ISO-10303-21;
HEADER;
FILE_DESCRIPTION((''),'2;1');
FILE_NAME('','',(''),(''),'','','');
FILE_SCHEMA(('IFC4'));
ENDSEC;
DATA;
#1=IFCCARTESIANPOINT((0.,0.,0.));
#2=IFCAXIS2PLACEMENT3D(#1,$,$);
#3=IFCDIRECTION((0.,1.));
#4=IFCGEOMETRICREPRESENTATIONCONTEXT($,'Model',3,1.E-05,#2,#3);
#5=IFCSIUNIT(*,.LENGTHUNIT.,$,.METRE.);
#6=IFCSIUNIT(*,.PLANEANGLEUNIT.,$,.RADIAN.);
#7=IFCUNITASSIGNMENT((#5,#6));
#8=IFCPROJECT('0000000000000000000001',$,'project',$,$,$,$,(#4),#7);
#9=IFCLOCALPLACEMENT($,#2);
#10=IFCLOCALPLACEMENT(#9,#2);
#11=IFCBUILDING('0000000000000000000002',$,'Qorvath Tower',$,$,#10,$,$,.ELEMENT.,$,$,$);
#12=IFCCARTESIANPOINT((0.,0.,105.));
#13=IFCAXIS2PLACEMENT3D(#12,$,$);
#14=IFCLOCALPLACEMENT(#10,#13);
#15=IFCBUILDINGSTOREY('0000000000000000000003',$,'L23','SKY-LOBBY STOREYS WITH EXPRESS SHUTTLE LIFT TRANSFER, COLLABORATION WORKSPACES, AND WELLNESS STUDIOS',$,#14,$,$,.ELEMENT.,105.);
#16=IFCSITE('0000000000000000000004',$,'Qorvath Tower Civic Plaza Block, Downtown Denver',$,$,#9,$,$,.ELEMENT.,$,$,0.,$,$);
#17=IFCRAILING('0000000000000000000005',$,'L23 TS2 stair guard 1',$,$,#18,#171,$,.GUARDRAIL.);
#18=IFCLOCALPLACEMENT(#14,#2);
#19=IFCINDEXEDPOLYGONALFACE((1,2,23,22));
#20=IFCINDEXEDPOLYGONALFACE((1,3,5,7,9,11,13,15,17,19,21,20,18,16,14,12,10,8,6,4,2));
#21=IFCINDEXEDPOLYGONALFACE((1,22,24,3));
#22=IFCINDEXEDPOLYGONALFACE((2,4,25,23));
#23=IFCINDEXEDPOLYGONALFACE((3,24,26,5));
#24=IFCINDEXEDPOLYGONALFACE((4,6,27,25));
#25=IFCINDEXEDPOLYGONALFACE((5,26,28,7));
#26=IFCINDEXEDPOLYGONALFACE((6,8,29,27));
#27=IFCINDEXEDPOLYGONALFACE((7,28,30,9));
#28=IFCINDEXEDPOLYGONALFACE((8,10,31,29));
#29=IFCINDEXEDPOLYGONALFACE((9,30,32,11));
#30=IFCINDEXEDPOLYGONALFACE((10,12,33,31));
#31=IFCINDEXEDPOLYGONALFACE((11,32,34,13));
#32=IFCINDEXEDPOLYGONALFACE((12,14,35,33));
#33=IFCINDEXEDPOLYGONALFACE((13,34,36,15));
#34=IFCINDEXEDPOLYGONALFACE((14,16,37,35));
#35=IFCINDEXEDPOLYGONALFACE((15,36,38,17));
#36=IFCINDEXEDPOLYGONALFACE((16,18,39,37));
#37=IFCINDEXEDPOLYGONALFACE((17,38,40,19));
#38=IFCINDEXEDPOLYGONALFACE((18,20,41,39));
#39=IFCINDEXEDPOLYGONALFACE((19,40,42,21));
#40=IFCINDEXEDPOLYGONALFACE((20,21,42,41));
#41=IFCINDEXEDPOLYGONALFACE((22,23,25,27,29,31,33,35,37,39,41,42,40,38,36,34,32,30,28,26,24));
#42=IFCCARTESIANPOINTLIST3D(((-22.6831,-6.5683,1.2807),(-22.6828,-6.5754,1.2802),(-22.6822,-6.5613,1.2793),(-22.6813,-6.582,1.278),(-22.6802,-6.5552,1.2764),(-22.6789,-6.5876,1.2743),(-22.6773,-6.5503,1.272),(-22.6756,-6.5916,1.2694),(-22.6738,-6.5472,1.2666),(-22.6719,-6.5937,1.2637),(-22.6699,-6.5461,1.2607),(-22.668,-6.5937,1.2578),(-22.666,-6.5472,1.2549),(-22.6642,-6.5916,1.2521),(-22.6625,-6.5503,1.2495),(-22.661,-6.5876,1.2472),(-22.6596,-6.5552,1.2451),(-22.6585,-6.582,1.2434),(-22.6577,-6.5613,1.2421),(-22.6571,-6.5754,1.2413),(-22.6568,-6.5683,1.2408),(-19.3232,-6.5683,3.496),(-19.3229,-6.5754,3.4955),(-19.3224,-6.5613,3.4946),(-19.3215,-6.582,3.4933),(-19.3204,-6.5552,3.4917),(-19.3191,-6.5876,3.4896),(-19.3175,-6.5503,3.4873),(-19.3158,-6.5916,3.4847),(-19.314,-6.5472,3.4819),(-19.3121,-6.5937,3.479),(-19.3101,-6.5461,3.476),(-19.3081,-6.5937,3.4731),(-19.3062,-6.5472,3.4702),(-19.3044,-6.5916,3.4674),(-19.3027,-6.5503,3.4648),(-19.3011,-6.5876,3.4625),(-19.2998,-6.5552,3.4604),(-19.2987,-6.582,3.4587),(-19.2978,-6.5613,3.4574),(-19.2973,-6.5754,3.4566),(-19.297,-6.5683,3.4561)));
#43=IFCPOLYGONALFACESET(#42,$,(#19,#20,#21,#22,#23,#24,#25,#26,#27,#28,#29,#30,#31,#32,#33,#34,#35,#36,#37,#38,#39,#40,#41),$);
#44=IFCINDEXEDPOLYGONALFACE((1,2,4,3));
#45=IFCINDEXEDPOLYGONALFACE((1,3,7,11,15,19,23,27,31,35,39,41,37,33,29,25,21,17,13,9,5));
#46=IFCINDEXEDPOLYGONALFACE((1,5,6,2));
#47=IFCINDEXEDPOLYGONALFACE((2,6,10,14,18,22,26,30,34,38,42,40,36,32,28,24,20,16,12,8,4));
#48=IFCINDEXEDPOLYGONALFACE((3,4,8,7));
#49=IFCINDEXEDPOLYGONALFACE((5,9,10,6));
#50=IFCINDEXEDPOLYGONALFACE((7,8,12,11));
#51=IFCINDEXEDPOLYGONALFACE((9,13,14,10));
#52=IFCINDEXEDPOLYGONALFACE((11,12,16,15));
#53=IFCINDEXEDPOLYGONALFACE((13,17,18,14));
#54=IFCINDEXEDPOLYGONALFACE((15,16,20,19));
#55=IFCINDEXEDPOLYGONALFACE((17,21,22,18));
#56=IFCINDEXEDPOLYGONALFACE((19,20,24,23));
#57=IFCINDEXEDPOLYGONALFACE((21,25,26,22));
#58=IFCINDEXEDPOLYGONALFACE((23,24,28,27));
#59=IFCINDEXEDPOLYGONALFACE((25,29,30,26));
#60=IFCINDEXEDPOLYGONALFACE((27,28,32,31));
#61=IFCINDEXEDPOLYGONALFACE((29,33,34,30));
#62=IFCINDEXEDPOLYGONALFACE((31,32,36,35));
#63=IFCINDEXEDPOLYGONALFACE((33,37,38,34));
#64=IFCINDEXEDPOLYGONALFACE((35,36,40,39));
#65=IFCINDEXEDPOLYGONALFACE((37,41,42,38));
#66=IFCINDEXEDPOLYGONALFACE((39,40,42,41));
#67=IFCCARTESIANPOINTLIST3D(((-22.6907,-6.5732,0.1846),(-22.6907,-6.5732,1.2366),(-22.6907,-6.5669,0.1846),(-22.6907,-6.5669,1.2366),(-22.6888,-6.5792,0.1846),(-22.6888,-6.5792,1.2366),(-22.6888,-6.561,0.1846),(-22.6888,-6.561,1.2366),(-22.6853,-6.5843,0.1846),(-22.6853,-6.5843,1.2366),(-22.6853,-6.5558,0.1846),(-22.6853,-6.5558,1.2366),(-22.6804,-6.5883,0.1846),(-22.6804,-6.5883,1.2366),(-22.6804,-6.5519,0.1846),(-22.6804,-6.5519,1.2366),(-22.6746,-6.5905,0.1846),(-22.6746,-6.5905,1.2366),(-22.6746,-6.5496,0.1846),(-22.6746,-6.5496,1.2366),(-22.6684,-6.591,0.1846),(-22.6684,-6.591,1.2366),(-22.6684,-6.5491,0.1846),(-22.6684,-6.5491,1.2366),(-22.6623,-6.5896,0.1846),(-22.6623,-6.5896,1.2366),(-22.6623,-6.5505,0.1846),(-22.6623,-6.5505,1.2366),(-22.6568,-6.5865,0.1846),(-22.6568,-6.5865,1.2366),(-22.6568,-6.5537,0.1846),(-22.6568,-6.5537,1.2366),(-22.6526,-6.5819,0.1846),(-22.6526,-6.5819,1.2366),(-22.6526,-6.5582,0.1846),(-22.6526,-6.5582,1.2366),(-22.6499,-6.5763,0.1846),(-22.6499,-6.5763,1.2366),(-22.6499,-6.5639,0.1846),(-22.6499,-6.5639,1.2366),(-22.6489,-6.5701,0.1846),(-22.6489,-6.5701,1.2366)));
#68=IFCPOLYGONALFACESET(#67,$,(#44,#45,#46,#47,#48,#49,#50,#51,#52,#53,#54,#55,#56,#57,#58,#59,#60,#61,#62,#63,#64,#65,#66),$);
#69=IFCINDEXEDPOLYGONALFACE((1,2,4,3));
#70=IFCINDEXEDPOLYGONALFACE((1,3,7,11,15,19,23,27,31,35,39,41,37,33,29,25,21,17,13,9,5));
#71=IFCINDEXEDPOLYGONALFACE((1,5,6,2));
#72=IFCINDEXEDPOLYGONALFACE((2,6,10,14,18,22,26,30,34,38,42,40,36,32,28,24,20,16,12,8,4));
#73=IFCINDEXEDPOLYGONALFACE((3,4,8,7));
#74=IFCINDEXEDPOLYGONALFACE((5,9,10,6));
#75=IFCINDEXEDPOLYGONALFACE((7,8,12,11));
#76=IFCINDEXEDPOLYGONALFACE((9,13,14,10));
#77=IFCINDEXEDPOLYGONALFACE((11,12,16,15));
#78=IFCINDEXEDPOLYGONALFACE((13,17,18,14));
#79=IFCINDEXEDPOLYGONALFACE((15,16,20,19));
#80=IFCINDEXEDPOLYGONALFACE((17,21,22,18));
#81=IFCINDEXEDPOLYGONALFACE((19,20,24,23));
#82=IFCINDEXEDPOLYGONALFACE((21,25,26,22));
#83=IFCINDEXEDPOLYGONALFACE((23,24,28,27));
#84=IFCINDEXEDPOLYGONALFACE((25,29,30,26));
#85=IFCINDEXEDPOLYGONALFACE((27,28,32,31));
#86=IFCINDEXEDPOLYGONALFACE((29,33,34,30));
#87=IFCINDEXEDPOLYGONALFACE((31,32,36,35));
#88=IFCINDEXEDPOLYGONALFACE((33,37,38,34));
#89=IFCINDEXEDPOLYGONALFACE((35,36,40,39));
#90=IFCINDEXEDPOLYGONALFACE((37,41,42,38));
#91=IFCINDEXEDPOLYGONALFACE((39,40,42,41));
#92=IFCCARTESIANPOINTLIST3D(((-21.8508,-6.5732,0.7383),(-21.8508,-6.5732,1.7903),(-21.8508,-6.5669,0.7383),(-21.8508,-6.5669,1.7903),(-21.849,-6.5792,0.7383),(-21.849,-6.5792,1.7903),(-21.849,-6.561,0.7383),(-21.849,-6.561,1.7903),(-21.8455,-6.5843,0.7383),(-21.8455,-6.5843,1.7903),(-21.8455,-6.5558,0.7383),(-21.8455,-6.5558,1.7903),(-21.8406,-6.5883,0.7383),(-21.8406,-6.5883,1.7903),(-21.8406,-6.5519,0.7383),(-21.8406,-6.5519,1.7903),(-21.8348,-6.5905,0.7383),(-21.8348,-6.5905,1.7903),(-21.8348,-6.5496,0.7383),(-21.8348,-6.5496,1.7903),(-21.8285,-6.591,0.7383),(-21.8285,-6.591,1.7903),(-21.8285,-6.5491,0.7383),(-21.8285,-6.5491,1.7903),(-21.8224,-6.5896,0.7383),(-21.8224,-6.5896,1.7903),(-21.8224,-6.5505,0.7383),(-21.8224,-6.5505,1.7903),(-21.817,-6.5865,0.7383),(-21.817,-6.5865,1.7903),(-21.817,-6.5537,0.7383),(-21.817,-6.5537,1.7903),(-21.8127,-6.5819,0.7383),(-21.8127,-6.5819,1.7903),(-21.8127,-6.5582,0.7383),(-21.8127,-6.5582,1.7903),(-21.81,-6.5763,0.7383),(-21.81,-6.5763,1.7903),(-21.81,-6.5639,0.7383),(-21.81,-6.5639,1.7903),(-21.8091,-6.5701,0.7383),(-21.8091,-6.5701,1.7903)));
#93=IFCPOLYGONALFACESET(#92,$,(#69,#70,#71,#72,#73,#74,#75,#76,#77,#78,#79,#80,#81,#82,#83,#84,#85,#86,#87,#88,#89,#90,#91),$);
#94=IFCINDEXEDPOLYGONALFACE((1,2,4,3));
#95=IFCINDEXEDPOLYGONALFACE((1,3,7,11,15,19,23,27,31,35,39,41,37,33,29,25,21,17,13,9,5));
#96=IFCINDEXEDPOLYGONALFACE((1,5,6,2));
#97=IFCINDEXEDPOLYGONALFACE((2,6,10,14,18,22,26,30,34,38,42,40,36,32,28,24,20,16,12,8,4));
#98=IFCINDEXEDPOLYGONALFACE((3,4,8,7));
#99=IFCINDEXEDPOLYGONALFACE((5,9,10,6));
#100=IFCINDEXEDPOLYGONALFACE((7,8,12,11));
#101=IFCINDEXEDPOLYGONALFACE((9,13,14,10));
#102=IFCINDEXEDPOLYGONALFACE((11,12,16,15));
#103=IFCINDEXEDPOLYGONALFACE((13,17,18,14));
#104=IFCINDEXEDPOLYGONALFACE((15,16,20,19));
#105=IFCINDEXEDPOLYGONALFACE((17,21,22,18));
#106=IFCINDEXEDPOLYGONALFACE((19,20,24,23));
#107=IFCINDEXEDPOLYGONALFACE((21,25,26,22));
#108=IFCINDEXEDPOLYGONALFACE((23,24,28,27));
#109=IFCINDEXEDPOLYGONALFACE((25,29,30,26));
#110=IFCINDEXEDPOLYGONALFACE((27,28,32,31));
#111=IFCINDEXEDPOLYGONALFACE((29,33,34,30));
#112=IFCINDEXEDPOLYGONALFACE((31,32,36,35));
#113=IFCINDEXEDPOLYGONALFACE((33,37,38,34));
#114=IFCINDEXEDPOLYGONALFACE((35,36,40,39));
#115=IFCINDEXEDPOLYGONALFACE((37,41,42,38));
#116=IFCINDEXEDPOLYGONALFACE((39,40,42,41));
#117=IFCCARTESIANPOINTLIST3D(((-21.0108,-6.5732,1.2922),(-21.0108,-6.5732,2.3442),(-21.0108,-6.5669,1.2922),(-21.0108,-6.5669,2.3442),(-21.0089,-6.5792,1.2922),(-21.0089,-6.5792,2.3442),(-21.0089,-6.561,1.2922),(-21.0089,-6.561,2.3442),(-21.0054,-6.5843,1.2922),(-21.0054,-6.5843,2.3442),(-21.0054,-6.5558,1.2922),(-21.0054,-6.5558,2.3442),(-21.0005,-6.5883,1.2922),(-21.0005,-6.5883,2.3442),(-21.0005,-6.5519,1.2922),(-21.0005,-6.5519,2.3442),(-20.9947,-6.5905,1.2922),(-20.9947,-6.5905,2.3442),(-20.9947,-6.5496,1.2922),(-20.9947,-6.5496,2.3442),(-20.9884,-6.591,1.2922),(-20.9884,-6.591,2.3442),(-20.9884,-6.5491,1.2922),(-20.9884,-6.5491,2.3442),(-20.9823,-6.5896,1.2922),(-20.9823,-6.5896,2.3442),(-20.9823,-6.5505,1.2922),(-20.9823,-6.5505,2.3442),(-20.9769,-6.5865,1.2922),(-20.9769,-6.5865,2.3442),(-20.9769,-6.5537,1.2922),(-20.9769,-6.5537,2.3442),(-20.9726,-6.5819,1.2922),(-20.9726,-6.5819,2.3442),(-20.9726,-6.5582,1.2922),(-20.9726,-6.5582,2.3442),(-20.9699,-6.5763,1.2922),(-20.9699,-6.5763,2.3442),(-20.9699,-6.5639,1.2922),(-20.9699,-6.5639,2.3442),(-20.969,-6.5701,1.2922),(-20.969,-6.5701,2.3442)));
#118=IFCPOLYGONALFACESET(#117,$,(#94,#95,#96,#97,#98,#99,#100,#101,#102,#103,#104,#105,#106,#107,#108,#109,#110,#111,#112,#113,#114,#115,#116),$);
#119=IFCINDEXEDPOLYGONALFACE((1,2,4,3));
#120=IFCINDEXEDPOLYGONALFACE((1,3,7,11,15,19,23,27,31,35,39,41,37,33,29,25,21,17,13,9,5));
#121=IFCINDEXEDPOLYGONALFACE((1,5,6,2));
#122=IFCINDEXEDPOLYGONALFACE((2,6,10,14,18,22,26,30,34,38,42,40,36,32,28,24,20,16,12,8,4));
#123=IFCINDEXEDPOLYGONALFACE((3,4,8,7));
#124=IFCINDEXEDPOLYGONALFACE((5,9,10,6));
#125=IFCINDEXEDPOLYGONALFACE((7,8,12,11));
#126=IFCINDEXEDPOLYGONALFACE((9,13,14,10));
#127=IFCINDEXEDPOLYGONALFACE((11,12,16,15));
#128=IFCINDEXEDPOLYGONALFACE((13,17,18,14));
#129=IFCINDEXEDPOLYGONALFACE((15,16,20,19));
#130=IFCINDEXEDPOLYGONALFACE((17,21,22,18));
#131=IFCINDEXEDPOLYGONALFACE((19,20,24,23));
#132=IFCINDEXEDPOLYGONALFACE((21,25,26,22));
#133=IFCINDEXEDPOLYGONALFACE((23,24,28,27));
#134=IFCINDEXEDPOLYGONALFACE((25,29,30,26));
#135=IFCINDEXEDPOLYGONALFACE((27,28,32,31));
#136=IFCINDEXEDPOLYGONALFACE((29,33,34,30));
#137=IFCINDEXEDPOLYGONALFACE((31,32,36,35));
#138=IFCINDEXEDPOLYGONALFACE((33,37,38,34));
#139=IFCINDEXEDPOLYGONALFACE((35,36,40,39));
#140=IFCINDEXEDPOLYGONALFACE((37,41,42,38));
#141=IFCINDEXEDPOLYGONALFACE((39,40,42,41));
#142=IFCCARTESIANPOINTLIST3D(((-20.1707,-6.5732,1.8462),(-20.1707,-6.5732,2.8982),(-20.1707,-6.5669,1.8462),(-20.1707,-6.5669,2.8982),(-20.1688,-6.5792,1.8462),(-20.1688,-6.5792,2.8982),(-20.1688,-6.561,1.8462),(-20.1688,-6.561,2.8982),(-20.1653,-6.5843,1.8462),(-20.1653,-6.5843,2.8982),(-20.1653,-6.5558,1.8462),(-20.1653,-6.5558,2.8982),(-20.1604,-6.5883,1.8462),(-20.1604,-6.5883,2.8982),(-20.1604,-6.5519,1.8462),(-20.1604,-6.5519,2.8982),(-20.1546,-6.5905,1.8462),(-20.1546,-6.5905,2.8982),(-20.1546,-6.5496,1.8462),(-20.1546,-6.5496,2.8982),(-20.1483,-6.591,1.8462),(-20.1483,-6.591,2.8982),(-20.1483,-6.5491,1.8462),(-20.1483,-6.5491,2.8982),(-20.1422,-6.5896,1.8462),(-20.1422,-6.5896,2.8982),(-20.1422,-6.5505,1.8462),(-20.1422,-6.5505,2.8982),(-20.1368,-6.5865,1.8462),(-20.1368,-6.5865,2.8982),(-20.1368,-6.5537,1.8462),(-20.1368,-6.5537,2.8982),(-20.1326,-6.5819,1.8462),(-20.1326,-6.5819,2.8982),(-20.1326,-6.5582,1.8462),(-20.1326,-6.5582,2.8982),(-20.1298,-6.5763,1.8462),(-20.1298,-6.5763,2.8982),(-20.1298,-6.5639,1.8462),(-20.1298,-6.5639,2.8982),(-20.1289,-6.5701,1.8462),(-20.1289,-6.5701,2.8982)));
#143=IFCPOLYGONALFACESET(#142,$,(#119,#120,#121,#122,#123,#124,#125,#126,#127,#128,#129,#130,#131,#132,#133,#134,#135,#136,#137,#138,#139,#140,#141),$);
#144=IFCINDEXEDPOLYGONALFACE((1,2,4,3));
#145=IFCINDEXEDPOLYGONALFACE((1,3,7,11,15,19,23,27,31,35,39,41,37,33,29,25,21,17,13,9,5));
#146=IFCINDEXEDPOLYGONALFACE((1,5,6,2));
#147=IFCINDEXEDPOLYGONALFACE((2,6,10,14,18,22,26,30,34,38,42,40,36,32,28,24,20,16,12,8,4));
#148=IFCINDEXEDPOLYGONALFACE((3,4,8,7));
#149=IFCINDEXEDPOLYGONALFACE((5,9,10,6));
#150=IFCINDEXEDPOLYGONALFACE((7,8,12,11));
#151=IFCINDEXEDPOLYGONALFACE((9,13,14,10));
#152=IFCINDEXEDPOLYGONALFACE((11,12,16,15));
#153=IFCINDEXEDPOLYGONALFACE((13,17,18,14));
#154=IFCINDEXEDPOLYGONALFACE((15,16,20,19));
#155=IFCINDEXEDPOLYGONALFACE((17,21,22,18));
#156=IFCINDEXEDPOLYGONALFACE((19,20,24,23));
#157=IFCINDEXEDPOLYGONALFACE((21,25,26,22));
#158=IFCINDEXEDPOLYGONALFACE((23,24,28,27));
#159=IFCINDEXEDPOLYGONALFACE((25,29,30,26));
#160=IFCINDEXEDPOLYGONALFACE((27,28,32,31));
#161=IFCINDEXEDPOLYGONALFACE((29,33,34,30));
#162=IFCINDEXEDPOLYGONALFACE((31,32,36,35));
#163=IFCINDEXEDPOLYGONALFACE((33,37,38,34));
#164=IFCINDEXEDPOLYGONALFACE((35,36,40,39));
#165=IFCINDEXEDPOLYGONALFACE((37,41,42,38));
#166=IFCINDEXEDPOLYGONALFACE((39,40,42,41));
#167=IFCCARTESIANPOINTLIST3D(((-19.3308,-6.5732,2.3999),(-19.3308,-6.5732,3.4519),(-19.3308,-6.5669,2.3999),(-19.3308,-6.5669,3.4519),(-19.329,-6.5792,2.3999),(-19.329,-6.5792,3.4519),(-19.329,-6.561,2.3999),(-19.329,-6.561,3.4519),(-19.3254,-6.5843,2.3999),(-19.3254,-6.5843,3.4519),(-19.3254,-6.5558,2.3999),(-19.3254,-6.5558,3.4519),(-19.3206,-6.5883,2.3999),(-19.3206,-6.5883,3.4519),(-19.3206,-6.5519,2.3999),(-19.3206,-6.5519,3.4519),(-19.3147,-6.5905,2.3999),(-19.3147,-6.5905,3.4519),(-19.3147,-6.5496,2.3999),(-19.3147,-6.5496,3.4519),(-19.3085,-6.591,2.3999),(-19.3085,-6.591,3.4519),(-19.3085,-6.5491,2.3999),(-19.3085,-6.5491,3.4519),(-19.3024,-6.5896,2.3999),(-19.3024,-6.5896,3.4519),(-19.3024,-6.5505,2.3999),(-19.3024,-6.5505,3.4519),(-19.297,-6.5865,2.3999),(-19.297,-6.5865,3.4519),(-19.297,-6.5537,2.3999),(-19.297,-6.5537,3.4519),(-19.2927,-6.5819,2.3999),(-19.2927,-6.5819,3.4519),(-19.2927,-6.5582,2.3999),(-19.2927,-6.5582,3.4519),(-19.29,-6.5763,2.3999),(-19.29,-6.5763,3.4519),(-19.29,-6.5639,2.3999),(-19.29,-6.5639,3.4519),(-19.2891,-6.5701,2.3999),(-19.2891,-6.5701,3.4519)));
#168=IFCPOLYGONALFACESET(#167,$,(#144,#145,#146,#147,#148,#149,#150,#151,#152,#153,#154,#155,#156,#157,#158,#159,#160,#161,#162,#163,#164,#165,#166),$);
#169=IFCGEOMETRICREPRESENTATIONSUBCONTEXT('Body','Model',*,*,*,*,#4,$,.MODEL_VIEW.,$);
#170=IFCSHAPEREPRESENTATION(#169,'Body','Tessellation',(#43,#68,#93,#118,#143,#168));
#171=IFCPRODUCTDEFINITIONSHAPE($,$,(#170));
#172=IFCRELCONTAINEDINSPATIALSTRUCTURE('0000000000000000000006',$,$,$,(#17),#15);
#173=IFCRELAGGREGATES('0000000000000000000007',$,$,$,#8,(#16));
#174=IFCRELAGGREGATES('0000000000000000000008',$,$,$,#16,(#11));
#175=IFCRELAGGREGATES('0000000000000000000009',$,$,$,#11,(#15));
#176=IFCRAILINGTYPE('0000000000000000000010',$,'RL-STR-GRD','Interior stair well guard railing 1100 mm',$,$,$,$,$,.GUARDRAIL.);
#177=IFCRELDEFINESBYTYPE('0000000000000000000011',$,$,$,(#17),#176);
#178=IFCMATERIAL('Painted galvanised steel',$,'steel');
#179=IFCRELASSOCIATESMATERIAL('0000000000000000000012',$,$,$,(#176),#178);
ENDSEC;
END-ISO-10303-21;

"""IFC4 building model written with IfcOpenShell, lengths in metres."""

from ifc_helpers import new_model, si_unit, direction, frame, origin, origin_2d, place, context, subcontext, project, spatial, circle, extrude, material, type_object, element, save


model = new_model("IFC4")

# Units and contexts
model_context = context("Model", 3, precision=1e-05, world=origin(), true_north=direction((0.0, 1.0)))
body_context = subcontext(model_context, "Body", "Model", "MODEL_VIEW")
ifc_project = project(units=[si_unit("LENGTHUNIT", "METRE"), si_unit("PLANEANGLEUNIT", "RADIAN")], contexts=[model_context])

# Site, building, storey
site_placement = place(None, origin())
site = spatial("IfcSite", under=ifc_project, at=site_placement, Name="Qorvath Tower Civic Plaza Block, Downtown Denver", CompositionType="ELEMENT", RefElevation=0.0)
building_placement = place(site_placement, origin())
building = spatial("IfcBuilding", under=site, at=building_placement, Name="Qorvath Tower", CompositionType="ELEMENT")
storey_placement = place(building_placement, frame((0.0, 0.0, 105.0)))
storey = spatial("IfcBuildingStorey", under=building, at=storey_placement, Name="L23", Description="SKY-LOBBY STOREYS WITH EXPRESS SHUTTLE LIFT TRANSFER, COLLABORATION WORKSPACES, AND WELLNESS STUDIOS", CompositionType="ELEMENT", Elevation=105.0)

# Railing
ifc_material_1 = material(Name="Painted galvanised steel", Category="steel")
railing_type_1 = type_object("IfcRailingType", Name="RL-STR-GRD", Description="Interior stair well guard railing 1100 mm", PredefinedType="GUARDRAIL", material=ifc_material_1)
railing_1_placement = place(storey_placement, frame((-22.6699, -6.5701, 0.1846)))
element("IfcRailing", 1, at=railing_1_placement, inside=storey, type_object=railing_type_1, Name="L23 TS2 stair guard 1", PredefinedType="GUARDRAIL", context=body_context, shape_type="SweptSolid", body=[
    extrude(circle(Radius=0.0239, at=origin_2d()), frame((0.0, 0.0, 1.0762), z_axis=(0.834858, 0.0, 0.550465), x_axis=(0.0, 1.0, 0.0)), (0.0, 0.0, 1.0), 4.0244),
    extrude(circle(Radius=0.021, at=origin_2d()), origin(), (0.0, 0.0, 1.0), 1.052),
    extrude(circle(Radius=0.021, at=origin_2d()), frame((0.8398, 0.0, 0.5537)), (0.0, 0.0, 1.0), 1.052),
    extrude(circle(Radius=0.021, at=origin_2d()), frame((1.6799, 0.0, 1.1077)), (0.0, 0.0, 1.0), 1.052),
    extrude(circle(Radius=0.021, at=origin_2d()), frame((2.52, 0.0, 1.6616)), (0.0, 0.0, 1.0), 1.052),
    extrude(circle(Radius=0.021, at=origin_2d()), frame((3.3599, 0.0, 2.2153)), (0.0, 0.0, 1.0), 1.052),
])

save(model, "model.ifc")
